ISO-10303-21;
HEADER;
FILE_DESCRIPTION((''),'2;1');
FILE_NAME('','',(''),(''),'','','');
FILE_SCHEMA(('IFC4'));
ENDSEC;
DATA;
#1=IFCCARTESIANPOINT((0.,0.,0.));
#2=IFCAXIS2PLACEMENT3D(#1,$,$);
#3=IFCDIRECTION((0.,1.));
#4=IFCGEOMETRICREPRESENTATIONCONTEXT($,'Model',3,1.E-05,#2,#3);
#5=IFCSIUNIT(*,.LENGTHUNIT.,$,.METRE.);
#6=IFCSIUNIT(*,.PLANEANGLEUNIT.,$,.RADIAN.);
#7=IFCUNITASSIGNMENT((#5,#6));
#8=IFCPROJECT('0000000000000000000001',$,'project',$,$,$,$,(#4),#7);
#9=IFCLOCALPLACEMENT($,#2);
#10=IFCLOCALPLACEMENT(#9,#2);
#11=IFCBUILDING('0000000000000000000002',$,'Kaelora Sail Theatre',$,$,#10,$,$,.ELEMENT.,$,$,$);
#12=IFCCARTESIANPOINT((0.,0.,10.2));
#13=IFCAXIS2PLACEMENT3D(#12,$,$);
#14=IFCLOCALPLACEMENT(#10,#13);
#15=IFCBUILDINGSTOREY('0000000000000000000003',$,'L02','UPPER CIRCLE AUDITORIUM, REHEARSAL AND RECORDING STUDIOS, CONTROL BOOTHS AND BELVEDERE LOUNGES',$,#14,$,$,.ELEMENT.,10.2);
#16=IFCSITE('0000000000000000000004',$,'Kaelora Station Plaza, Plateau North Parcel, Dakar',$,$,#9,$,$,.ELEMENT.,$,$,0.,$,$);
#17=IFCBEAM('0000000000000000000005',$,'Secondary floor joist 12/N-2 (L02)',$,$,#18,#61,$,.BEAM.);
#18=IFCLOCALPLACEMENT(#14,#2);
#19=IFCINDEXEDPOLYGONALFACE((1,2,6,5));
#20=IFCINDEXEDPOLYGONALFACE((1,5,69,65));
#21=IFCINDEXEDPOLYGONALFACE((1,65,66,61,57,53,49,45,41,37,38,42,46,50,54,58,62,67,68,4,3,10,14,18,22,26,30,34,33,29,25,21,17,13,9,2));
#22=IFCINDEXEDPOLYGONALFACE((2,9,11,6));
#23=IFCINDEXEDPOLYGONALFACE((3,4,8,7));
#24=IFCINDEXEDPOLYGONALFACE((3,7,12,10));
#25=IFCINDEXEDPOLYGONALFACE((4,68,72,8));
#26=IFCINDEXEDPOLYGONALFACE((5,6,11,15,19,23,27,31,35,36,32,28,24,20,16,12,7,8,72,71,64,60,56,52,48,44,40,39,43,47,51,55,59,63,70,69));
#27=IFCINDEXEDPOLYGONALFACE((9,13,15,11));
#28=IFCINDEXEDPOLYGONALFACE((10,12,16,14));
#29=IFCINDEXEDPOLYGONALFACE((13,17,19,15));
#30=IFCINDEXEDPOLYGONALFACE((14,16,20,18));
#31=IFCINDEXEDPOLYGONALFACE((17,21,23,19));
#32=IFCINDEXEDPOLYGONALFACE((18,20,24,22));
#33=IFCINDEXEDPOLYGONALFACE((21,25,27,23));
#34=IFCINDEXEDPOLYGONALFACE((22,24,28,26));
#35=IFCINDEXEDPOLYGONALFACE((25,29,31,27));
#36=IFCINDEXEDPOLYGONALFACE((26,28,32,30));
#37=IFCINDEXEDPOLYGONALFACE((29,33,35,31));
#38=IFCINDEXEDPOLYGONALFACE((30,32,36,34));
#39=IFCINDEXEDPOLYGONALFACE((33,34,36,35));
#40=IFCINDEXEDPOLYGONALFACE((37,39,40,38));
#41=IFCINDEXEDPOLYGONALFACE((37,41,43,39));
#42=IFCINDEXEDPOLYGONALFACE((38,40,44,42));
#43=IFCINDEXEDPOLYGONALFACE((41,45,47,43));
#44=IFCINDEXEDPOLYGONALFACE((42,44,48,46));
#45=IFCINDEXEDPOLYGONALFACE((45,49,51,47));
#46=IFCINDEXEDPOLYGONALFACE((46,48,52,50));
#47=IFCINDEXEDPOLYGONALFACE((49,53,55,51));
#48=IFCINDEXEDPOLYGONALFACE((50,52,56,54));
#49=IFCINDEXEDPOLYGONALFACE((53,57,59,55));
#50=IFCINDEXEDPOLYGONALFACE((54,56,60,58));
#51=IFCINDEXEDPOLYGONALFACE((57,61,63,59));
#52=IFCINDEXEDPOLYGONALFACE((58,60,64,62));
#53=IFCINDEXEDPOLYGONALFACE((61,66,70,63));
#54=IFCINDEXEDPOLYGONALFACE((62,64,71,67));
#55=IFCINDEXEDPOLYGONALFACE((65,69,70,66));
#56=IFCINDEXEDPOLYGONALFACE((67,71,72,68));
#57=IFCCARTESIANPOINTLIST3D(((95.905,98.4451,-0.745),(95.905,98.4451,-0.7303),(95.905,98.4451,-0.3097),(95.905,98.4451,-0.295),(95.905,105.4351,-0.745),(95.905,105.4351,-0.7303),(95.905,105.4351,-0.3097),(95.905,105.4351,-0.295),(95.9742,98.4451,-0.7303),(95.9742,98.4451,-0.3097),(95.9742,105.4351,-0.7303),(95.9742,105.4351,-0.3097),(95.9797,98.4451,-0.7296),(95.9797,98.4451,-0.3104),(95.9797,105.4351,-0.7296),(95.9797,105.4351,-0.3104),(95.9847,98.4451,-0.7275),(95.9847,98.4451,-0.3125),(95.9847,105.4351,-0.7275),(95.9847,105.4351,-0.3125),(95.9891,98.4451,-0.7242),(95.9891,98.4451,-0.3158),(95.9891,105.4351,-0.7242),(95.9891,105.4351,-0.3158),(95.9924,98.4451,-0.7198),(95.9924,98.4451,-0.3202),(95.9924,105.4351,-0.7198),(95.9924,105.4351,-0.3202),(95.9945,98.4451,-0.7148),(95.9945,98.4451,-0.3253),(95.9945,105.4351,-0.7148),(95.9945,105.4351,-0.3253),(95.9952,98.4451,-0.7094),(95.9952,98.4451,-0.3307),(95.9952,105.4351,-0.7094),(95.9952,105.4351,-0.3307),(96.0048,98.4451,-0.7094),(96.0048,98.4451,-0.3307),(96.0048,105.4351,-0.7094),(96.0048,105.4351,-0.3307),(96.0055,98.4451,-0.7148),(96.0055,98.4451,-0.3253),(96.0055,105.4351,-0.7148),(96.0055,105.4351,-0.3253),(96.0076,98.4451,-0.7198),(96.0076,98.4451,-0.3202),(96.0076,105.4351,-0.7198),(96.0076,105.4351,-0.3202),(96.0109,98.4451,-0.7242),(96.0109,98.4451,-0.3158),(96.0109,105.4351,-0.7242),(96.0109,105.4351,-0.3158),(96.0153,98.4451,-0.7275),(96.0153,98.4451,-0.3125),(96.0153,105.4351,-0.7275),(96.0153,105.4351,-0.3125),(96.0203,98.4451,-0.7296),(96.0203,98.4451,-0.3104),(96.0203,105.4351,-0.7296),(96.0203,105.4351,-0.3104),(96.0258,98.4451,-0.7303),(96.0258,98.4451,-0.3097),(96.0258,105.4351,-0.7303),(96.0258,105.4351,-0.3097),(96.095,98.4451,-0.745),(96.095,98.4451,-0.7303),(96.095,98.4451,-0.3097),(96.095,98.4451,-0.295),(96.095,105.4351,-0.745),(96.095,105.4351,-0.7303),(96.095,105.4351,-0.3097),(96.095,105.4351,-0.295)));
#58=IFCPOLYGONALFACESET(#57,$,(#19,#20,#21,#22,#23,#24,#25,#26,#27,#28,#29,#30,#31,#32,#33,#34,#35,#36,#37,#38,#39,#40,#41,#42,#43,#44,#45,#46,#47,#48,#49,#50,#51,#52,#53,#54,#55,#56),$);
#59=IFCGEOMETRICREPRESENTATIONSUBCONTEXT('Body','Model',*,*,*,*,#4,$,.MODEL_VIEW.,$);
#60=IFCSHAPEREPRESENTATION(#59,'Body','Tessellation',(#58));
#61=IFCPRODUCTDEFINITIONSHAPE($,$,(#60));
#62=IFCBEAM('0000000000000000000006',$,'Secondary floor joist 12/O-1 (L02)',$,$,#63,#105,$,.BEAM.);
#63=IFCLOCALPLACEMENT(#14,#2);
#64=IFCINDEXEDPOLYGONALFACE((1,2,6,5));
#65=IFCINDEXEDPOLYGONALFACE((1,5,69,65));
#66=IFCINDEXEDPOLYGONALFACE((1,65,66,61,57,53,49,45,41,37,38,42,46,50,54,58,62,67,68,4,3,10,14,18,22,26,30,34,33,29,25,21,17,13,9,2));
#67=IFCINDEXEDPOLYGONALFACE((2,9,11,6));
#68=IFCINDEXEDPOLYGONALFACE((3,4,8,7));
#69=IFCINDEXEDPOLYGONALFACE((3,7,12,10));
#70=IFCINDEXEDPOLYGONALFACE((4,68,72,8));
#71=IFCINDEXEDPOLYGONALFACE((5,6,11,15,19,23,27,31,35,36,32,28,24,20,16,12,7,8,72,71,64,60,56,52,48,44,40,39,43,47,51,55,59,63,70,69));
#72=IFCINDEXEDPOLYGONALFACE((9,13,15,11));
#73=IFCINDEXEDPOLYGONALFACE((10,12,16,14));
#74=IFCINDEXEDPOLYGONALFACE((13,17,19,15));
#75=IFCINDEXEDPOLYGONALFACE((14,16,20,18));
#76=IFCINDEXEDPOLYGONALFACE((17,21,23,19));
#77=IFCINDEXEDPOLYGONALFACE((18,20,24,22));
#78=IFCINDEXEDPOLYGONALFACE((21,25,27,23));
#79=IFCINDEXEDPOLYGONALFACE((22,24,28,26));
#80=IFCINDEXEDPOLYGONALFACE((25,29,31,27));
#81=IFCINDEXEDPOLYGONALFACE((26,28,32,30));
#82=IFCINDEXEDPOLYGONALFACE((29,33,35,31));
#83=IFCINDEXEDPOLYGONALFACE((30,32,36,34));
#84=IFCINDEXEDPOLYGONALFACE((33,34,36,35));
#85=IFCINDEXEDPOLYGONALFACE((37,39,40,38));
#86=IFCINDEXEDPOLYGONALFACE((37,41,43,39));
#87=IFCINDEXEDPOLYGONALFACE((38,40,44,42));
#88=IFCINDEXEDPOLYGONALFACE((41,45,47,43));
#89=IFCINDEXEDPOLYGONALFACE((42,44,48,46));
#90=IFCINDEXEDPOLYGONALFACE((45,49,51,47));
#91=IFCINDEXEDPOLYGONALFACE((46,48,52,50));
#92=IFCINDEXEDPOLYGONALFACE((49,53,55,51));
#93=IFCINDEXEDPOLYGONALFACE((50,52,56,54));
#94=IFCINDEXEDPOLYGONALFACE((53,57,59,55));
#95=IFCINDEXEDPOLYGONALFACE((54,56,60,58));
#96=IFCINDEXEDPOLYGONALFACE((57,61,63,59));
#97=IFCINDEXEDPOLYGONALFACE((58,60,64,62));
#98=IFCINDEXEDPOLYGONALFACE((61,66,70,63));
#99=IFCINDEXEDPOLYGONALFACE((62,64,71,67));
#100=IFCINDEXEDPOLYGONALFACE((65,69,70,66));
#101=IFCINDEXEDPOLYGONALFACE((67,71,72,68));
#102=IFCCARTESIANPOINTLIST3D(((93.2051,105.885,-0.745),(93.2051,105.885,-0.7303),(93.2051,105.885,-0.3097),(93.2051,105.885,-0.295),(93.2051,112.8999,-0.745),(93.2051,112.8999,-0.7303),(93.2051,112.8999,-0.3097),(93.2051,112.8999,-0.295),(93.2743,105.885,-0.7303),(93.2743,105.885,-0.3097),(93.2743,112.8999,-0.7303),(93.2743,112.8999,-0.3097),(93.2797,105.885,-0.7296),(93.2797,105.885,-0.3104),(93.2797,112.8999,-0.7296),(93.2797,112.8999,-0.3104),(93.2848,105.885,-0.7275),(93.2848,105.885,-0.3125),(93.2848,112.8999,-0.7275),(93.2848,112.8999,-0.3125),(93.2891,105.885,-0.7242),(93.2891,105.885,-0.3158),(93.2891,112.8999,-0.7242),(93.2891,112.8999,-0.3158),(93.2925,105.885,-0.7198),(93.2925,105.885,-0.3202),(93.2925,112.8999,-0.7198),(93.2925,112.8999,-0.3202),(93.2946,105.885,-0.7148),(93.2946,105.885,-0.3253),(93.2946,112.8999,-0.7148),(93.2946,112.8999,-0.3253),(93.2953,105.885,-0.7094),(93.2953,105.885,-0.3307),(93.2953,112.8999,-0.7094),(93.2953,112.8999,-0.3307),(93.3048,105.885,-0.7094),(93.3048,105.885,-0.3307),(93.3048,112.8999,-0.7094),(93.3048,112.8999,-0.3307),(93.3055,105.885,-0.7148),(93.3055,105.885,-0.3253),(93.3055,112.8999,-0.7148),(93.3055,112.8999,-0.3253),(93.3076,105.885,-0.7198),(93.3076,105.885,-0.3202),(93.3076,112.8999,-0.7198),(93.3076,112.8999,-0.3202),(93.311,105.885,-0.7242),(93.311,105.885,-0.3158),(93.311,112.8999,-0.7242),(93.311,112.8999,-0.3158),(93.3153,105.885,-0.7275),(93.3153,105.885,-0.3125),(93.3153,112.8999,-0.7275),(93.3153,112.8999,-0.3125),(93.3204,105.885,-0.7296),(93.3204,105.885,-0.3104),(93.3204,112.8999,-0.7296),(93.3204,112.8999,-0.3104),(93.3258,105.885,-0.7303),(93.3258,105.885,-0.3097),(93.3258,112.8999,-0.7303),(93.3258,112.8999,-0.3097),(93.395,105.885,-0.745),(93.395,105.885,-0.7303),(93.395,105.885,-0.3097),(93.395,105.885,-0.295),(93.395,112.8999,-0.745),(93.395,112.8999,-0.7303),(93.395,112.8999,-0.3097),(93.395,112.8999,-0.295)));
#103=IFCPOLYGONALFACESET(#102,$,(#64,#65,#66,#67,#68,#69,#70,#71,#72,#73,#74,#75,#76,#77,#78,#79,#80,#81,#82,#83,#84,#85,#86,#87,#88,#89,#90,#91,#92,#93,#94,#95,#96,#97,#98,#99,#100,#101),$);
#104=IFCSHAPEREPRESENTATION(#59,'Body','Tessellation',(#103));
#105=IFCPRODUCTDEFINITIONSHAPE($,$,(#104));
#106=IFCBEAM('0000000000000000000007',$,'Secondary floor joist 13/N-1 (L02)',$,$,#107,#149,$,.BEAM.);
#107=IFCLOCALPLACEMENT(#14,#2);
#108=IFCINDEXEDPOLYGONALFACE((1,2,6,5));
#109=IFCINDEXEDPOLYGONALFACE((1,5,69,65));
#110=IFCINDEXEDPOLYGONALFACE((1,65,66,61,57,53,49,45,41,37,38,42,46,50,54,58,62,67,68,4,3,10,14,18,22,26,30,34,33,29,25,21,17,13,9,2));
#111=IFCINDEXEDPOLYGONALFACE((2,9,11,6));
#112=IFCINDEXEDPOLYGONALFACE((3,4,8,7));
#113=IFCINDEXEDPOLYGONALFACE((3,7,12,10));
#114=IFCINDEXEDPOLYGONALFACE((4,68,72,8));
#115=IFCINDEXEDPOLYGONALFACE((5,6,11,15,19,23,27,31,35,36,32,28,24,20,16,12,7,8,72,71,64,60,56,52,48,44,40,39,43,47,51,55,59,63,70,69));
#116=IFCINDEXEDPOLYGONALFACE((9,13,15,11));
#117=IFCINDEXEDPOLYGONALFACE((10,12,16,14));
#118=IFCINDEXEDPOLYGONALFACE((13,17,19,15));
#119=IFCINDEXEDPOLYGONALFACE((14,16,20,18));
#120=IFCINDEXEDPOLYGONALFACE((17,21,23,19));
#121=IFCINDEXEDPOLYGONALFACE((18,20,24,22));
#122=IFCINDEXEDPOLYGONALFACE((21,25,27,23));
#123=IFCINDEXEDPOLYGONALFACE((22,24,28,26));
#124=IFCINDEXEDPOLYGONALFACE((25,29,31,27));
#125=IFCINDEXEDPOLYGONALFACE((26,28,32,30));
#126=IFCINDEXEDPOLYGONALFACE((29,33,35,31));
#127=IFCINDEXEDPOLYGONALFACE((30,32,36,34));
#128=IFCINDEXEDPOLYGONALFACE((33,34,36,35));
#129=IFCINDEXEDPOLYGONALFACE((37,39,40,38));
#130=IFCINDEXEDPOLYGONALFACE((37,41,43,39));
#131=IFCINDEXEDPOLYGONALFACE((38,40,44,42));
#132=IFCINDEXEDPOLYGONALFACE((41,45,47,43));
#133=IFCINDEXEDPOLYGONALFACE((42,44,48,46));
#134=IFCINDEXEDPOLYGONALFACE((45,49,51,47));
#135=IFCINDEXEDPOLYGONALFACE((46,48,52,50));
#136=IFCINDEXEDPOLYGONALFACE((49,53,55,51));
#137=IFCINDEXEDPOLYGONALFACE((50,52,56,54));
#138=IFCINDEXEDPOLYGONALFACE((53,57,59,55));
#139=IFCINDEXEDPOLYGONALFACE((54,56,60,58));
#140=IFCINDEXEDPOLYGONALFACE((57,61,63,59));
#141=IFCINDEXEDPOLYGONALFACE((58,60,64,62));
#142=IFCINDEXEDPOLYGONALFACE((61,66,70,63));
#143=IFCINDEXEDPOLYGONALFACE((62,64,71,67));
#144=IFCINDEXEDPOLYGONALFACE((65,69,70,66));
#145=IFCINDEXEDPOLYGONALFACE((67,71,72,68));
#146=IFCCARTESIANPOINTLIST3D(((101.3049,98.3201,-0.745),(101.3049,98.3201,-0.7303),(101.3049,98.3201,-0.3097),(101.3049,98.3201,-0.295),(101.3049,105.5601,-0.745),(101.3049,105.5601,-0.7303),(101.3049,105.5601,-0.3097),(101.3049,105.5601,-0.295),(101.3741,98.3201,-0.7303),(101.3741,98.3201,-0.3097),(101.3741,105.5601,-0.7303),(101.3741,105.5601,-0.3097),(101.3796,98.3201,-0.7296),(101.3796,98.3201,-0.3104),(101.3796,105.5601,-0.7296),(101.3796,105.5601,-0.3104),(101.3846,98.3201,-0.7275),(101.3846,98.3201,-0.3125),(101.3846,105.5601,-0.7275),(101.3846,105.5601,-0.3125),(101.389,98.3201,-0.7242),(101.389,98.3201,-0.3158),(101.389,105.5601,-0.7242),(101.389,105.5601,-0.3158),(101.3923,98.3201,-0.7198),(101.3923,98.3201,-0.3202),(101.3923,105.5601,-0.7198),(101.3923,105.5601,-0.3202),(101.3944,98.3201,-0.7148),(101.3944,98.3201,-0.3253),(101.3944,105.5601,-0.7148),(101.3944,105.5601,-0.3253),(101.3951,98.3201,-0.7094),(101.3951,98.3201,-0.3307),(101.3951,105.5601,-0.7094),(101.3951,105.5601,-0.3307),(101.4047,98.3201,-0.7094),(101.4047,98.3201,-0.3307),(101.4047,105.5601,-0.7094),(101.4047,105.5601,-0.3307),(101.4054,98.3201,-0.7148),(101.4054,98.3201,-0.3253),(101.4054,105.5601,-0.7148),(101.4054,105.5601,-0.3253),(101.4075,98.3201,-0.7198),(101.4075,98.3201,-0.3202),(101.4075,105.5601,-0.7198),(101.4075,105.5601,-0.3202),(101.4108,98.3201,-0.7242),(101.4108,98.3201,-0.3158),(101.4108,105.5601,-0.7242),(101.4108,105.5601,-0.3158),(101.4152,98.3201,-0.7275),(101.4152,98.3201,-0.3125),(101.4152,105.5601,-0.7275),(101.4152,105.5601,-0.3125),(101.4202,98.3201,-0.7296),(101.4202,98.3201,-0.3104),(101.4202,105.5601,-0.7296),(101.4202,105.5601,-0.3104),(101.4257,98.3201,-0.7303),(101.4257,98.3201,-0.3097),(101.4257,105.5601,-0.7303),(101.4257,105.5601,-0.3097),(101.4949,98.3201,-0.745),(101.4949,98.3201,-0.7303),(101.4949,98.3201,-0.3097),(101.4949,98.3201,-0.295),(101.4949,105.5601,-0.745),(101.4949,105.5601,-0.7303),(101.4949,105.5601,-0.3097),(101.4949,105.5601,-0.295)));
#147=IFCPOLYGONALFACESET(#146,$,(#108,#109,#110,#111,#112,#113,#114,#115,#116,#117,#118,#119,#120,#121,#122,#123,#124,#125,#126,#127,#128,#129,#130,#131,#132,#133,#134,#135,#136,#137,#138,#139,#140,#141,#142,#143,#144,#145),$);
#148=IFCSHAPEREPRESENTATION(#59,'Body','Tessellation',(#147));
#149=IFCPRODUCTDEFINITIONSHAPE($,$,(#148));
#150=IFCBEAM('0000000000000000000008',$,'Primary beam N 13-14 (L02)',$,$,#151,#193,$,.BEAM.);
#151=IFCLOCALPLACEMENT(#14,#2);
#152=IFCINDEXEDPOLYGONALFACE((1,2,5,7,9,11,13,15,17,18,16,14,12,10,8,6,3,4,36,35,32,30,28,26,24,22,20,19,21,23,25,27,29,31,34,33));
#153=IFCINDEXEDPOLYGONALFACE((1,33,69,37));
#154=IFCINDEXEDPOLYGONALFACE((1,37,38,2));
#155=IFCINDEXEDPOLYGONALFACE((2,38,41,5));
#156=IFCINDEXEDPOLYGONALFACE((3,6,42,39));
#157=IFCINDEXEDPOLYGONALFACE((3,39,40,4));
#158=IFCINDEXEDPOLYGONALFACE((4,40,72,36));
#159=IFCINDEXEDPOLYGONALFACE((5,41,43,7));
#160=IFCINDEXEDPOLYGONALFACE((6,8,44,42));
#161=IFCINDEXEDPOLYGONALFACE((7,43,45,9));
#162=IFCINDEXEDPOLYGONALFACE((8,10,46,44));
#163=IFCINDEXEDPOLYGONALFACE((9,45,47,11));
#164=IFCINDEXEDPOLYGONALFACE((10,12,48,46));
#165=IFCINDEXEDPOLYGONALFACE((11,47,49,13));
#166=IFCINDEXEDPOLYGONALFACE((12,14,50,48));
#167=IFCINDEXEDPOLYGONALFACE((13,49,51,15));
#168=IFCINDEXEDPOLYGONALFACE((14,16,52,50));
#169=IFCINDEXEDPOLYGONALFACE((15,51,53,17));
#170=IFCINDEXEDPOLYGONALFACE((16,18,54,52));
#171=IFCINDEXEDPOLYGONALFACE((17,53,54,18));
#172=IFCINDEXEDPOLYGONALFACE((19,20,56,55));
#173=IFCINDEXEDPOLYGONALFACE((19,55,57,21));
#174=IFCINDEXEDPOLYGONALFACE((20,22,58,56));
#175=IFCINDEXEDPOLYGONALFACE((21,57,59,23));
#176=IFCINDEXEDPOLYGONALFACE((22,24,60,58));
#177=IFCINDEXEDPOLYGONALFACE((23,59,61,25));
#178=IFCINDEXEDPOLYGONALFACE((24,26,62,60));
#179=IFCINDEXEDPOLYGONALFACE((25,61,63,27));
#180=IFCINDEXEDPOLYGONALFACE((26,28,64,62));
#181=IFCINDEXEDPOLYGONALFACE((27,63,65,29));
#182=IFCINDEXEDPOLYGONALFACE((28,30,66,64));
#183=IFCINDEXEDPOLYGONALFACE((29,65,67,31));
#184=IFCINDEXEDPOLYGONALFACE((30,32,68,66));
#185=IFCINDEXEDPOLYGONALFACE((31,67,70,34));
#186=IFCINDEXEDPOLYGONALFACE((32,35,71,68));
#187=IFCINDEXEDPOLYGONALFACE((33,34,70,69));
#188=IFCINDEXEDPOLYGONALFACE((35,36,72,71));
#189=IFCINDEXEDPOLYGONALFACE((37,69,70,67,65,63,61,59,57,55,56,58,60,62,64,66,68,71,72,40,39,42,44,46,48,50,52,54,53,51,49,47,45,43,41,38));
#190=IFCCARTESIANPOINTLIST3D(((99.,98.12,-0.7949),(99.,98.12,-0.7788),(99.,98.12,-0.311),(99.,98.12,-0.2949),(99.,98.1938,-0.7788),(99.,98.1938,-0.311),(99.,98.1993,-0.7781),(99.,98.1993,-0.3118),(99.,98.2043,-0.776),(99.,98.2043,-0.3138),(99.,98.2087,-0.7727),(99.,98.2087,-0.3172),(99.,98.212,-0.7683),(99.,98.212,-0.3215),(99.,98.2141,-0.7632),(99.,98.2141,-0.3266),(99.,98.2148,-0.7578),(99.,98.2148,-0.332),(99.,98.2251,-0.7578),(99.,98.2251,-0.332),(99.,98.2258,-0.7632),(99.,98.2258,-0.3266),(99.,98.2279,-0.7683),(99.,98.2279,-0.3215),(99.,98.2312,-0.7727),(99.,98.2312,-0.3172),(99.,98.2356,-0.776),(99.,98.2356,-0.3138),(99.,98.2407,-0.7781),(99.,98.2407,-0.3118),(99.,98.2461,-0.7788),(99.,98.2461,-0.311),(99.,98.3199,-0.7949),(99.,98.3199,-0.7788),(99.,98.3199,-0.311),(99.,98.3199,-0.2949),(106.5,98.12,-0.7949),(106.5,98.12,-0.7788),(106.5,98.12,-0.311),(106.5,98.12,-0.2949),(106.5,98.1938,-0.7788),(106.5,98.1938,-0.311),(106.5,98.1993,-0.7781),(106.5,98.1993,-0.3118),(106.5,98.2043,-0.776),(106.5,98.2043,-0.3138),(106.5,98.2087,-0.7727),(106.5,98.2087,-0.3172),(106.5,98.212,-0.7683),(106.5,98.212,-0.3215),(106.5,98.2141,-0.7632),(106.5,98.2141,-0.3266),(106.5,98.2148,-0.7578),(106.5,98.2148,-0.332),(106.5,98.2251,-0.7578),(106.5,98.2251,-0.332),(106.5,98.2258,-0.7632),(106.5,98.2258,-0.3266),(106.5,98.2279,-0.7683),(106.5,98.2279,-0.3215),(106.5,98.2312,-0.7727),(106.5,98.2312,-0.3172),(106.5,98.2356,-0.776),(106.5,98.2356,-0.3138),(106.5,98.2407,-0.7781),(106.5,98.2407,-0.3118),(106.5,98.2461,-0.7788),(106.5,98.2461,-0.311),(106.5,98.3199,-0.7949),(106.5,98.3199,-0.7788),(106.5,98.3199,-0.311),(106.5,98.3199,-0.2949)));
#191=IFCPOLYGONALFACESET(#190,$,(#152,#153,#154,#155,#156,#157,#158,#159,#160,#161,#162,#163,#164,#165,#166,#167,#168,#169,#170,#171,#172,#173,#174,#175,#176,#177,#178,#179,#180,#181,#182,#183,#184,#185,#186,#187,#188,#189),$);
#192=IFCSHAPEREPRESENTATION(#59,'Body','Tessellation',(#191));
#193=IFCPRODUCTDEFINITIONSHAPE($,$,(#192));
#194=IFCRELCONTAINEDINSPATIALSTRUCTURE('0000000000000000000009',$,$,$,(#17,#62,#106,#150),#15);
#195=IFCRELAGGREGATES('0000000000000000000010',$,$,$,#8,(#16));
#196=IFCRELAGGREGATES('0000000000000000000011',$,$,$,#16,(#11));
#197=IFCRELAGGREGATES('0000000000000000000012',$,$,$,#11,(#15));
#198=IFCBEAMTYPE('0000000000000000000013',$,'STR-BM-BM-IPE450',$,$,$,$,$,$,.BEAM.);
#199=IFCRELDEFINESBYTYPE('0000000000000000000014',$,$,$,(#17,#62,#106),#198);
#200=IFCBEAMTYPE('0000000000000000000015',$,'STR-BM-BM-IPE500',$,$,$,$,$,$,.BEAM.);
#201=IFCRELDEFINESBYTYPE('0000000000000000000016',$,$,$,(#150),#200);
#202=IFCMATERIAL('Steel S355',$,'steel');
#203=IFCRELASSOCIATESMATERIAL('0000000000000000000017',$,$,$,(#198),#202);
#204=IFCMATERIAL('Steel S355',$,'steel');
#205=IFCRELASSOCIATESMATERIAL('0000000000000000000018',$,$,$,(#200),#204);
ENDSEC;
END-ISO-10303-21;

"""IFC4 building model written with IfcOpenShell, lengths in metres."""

from ifc_helpers import new_model, si_unit, direction, frame, origin, origin_2d, place, context, subcontext, project, spatial, i_section, extrude, material, material_profile, profile_set, type_object, element, save


model = new_model("IFC4")

# Units and contexts
model_context = context("Model", 3, precision=1e-05, world=origin(), true_north=direction((0.0, 1.0)))
body_context = subcontext(model_context, "Body", "Model", "MODEL_VIEW")
ifc_project = project(units=[si_unit("LENGTHUNIT", "METRE"), si_unit("PLANEANGLEUNIT", "RADIAN")], contexts=[model_context])

# Site, building, storey
site_placement = place(None, origin())
site = spatial("IfcSite", under=ifc_project, at=site_placement, Name="Kaelora Station Plaza, Plateau North Parcel, Dakar", CompositionType="ELEMENT", RefElevation=0.0)
building_placement = place(site_placement, origin())
building = spatial("IfcBuilding", under=site, at=building_placement, Name="Kaelora Sail Theatre", CompositionType="ELEMENT")
storey_placement = place(building_placement, frame((0.0, 0.0, 10.2)))
storey = spatial("IfcBuildingStorey", under=building, at=storey_placement, Name="L02", Description="UPPER CIRCLE AUDITORIUM, REHEARSAL AND RECORDING STUDIOS, CONTROL BOOTHS AND BELVEDERE LOUNGES", CompositionType="ELEMENT", Elevation=10.2)

# Beams
ifc_material_1 = material(Name="Steel S355", Category="steel")
ifc_material_profile_1 = material_profile(ifc_material_1, i_section(OverallWidth=0.1899, OverallDepth=0.45, WebThickness=0.0095, FlangeThickness=0.0146, FilletRadius=0.021, at=origin_2d()), Name="IPE 450")
ifc_profile_set_1 = profile_set([ifc_material_profile_1], Name="Steel S355")
beam_type_1 = type_object("IfcBeamType", Name="STR-BM-BM-IPE450", PredefinedType="BEAM", material=ifc_profile_set_1)
beam_1_placement = place(storey_placement, frame((96.0, 98.4451, -0.52), z_axis=(0.0, 1.0, 0.0), x_axis=(-1.0, 0.0, 0.0)))
element("IfcBeam", 1, at=beam_1_placement, inside=storey, type_object=beam_type_1, Name="Secondary floor joist 12/N-2 (L02)", PredefinedType="BEAM", context=body_context, shape_type="SweptSolid", body=[
    extrude(i_section(OverallWidth=0.1899, OverallDepth=0.45, WebThickness=0.0095, FlangeThickness=0.0146, FilletRadius=0.021, at=origin_2d()), origin(), (0.0, 0.0, 1.0), 6.99),
])
beam_2_placement = place(storey_placement, frame((93.3, 105.885, -0.52), z_axis=(0.0, 1.0, 0.0), x_axis=(-1.0, 0.0, 0.0)))
element("IfcBeam", 2, at=beam_2_placement, inside=storey, type_object=beam_type_1, Name="Secondary floor joist 12/O-1 (L02)", PredefinedType="BEAM", context=body_context, shape_type="SweptSolid", body=[
    extrude(i_section(OverallWidth=0.1899, OverallDepth=0.45, WebThickness=0.0095, FlangeThickness=0.0146, FilletRadius=0.021, at=origin_2d()), origin(), (0.0, 0.0, 1.0), 7.0149),
])
beam_3_placement = place(storey_placement, frame((101.3999, 98.3201, -0.52), z_axis=(0.0, 1.0, 0.0), x_axis=(-1.0, 0.0, 0.0)))
element("IfcBeam", 3, at=beam_3_placement, inside=storey, type_object=beam_type_1, Name="Secondary floor joist 13/N-1 (L02)", PredefinedType="BEAM", context=body_context, shape_type="SweptSolid", body=[
    extrude(i_section(OverallWidth=0.1899, OverallDepth=0.45, WebThickness=0.0095, FlangeThickness=0.0146, FilletRadius=0.021, at=origin_2d()), origin(), (0.0, 0.0, 1.0), 7.24),
])
ifc_material_2 = material(Name="Steel S355", Category="steel")
ifc_material_profile_2 = material_profile(ifc_material_2, i_section(OverallWidth=0.2, OverallDepth=0.5, WebThickness=0.0103, FlangeThickness=0.0161, FilletRadius=0.021, at=origin_2d()), Name="IPE 500")
ifc_profile_set_2 = profile_set([ifc_material_profile_2], Name="Steel S355")
beam_type_2 = type_object("IfcBeamType", Name="STR-BM-BM-IPE500", PredefinedType="BEAM", material=ifc_profile_set_2)
for number, where, z_axis, x_axis, name in (
    (4, (99.0, 98.22, -0.5449), (1.0, 0.0, 0.0), (0.0, 1.0, 0.0), "Primary beam N 13-14 (L02)"),
):
    element("IfcBeam", number, at=place(storey_placement, frame(where, z_axis=z_axis, x_axis=x_axis)), inside=storey, type_object=beam_type_2, Name=name, PredefinedType="BEAM", context=body_context, shape_type="SweptSolid", body=[
        extrude(i_section(OverallWidth=0.2, OverallDepth=0.5, WebThickness=0.0103, FlangeThickness=0.0161, FilletRadius=0.021, at=origin_2d()), origin(), (0.0, 0.0, 1.0), 7.5),
    ])

save(model, "model.ifc")
